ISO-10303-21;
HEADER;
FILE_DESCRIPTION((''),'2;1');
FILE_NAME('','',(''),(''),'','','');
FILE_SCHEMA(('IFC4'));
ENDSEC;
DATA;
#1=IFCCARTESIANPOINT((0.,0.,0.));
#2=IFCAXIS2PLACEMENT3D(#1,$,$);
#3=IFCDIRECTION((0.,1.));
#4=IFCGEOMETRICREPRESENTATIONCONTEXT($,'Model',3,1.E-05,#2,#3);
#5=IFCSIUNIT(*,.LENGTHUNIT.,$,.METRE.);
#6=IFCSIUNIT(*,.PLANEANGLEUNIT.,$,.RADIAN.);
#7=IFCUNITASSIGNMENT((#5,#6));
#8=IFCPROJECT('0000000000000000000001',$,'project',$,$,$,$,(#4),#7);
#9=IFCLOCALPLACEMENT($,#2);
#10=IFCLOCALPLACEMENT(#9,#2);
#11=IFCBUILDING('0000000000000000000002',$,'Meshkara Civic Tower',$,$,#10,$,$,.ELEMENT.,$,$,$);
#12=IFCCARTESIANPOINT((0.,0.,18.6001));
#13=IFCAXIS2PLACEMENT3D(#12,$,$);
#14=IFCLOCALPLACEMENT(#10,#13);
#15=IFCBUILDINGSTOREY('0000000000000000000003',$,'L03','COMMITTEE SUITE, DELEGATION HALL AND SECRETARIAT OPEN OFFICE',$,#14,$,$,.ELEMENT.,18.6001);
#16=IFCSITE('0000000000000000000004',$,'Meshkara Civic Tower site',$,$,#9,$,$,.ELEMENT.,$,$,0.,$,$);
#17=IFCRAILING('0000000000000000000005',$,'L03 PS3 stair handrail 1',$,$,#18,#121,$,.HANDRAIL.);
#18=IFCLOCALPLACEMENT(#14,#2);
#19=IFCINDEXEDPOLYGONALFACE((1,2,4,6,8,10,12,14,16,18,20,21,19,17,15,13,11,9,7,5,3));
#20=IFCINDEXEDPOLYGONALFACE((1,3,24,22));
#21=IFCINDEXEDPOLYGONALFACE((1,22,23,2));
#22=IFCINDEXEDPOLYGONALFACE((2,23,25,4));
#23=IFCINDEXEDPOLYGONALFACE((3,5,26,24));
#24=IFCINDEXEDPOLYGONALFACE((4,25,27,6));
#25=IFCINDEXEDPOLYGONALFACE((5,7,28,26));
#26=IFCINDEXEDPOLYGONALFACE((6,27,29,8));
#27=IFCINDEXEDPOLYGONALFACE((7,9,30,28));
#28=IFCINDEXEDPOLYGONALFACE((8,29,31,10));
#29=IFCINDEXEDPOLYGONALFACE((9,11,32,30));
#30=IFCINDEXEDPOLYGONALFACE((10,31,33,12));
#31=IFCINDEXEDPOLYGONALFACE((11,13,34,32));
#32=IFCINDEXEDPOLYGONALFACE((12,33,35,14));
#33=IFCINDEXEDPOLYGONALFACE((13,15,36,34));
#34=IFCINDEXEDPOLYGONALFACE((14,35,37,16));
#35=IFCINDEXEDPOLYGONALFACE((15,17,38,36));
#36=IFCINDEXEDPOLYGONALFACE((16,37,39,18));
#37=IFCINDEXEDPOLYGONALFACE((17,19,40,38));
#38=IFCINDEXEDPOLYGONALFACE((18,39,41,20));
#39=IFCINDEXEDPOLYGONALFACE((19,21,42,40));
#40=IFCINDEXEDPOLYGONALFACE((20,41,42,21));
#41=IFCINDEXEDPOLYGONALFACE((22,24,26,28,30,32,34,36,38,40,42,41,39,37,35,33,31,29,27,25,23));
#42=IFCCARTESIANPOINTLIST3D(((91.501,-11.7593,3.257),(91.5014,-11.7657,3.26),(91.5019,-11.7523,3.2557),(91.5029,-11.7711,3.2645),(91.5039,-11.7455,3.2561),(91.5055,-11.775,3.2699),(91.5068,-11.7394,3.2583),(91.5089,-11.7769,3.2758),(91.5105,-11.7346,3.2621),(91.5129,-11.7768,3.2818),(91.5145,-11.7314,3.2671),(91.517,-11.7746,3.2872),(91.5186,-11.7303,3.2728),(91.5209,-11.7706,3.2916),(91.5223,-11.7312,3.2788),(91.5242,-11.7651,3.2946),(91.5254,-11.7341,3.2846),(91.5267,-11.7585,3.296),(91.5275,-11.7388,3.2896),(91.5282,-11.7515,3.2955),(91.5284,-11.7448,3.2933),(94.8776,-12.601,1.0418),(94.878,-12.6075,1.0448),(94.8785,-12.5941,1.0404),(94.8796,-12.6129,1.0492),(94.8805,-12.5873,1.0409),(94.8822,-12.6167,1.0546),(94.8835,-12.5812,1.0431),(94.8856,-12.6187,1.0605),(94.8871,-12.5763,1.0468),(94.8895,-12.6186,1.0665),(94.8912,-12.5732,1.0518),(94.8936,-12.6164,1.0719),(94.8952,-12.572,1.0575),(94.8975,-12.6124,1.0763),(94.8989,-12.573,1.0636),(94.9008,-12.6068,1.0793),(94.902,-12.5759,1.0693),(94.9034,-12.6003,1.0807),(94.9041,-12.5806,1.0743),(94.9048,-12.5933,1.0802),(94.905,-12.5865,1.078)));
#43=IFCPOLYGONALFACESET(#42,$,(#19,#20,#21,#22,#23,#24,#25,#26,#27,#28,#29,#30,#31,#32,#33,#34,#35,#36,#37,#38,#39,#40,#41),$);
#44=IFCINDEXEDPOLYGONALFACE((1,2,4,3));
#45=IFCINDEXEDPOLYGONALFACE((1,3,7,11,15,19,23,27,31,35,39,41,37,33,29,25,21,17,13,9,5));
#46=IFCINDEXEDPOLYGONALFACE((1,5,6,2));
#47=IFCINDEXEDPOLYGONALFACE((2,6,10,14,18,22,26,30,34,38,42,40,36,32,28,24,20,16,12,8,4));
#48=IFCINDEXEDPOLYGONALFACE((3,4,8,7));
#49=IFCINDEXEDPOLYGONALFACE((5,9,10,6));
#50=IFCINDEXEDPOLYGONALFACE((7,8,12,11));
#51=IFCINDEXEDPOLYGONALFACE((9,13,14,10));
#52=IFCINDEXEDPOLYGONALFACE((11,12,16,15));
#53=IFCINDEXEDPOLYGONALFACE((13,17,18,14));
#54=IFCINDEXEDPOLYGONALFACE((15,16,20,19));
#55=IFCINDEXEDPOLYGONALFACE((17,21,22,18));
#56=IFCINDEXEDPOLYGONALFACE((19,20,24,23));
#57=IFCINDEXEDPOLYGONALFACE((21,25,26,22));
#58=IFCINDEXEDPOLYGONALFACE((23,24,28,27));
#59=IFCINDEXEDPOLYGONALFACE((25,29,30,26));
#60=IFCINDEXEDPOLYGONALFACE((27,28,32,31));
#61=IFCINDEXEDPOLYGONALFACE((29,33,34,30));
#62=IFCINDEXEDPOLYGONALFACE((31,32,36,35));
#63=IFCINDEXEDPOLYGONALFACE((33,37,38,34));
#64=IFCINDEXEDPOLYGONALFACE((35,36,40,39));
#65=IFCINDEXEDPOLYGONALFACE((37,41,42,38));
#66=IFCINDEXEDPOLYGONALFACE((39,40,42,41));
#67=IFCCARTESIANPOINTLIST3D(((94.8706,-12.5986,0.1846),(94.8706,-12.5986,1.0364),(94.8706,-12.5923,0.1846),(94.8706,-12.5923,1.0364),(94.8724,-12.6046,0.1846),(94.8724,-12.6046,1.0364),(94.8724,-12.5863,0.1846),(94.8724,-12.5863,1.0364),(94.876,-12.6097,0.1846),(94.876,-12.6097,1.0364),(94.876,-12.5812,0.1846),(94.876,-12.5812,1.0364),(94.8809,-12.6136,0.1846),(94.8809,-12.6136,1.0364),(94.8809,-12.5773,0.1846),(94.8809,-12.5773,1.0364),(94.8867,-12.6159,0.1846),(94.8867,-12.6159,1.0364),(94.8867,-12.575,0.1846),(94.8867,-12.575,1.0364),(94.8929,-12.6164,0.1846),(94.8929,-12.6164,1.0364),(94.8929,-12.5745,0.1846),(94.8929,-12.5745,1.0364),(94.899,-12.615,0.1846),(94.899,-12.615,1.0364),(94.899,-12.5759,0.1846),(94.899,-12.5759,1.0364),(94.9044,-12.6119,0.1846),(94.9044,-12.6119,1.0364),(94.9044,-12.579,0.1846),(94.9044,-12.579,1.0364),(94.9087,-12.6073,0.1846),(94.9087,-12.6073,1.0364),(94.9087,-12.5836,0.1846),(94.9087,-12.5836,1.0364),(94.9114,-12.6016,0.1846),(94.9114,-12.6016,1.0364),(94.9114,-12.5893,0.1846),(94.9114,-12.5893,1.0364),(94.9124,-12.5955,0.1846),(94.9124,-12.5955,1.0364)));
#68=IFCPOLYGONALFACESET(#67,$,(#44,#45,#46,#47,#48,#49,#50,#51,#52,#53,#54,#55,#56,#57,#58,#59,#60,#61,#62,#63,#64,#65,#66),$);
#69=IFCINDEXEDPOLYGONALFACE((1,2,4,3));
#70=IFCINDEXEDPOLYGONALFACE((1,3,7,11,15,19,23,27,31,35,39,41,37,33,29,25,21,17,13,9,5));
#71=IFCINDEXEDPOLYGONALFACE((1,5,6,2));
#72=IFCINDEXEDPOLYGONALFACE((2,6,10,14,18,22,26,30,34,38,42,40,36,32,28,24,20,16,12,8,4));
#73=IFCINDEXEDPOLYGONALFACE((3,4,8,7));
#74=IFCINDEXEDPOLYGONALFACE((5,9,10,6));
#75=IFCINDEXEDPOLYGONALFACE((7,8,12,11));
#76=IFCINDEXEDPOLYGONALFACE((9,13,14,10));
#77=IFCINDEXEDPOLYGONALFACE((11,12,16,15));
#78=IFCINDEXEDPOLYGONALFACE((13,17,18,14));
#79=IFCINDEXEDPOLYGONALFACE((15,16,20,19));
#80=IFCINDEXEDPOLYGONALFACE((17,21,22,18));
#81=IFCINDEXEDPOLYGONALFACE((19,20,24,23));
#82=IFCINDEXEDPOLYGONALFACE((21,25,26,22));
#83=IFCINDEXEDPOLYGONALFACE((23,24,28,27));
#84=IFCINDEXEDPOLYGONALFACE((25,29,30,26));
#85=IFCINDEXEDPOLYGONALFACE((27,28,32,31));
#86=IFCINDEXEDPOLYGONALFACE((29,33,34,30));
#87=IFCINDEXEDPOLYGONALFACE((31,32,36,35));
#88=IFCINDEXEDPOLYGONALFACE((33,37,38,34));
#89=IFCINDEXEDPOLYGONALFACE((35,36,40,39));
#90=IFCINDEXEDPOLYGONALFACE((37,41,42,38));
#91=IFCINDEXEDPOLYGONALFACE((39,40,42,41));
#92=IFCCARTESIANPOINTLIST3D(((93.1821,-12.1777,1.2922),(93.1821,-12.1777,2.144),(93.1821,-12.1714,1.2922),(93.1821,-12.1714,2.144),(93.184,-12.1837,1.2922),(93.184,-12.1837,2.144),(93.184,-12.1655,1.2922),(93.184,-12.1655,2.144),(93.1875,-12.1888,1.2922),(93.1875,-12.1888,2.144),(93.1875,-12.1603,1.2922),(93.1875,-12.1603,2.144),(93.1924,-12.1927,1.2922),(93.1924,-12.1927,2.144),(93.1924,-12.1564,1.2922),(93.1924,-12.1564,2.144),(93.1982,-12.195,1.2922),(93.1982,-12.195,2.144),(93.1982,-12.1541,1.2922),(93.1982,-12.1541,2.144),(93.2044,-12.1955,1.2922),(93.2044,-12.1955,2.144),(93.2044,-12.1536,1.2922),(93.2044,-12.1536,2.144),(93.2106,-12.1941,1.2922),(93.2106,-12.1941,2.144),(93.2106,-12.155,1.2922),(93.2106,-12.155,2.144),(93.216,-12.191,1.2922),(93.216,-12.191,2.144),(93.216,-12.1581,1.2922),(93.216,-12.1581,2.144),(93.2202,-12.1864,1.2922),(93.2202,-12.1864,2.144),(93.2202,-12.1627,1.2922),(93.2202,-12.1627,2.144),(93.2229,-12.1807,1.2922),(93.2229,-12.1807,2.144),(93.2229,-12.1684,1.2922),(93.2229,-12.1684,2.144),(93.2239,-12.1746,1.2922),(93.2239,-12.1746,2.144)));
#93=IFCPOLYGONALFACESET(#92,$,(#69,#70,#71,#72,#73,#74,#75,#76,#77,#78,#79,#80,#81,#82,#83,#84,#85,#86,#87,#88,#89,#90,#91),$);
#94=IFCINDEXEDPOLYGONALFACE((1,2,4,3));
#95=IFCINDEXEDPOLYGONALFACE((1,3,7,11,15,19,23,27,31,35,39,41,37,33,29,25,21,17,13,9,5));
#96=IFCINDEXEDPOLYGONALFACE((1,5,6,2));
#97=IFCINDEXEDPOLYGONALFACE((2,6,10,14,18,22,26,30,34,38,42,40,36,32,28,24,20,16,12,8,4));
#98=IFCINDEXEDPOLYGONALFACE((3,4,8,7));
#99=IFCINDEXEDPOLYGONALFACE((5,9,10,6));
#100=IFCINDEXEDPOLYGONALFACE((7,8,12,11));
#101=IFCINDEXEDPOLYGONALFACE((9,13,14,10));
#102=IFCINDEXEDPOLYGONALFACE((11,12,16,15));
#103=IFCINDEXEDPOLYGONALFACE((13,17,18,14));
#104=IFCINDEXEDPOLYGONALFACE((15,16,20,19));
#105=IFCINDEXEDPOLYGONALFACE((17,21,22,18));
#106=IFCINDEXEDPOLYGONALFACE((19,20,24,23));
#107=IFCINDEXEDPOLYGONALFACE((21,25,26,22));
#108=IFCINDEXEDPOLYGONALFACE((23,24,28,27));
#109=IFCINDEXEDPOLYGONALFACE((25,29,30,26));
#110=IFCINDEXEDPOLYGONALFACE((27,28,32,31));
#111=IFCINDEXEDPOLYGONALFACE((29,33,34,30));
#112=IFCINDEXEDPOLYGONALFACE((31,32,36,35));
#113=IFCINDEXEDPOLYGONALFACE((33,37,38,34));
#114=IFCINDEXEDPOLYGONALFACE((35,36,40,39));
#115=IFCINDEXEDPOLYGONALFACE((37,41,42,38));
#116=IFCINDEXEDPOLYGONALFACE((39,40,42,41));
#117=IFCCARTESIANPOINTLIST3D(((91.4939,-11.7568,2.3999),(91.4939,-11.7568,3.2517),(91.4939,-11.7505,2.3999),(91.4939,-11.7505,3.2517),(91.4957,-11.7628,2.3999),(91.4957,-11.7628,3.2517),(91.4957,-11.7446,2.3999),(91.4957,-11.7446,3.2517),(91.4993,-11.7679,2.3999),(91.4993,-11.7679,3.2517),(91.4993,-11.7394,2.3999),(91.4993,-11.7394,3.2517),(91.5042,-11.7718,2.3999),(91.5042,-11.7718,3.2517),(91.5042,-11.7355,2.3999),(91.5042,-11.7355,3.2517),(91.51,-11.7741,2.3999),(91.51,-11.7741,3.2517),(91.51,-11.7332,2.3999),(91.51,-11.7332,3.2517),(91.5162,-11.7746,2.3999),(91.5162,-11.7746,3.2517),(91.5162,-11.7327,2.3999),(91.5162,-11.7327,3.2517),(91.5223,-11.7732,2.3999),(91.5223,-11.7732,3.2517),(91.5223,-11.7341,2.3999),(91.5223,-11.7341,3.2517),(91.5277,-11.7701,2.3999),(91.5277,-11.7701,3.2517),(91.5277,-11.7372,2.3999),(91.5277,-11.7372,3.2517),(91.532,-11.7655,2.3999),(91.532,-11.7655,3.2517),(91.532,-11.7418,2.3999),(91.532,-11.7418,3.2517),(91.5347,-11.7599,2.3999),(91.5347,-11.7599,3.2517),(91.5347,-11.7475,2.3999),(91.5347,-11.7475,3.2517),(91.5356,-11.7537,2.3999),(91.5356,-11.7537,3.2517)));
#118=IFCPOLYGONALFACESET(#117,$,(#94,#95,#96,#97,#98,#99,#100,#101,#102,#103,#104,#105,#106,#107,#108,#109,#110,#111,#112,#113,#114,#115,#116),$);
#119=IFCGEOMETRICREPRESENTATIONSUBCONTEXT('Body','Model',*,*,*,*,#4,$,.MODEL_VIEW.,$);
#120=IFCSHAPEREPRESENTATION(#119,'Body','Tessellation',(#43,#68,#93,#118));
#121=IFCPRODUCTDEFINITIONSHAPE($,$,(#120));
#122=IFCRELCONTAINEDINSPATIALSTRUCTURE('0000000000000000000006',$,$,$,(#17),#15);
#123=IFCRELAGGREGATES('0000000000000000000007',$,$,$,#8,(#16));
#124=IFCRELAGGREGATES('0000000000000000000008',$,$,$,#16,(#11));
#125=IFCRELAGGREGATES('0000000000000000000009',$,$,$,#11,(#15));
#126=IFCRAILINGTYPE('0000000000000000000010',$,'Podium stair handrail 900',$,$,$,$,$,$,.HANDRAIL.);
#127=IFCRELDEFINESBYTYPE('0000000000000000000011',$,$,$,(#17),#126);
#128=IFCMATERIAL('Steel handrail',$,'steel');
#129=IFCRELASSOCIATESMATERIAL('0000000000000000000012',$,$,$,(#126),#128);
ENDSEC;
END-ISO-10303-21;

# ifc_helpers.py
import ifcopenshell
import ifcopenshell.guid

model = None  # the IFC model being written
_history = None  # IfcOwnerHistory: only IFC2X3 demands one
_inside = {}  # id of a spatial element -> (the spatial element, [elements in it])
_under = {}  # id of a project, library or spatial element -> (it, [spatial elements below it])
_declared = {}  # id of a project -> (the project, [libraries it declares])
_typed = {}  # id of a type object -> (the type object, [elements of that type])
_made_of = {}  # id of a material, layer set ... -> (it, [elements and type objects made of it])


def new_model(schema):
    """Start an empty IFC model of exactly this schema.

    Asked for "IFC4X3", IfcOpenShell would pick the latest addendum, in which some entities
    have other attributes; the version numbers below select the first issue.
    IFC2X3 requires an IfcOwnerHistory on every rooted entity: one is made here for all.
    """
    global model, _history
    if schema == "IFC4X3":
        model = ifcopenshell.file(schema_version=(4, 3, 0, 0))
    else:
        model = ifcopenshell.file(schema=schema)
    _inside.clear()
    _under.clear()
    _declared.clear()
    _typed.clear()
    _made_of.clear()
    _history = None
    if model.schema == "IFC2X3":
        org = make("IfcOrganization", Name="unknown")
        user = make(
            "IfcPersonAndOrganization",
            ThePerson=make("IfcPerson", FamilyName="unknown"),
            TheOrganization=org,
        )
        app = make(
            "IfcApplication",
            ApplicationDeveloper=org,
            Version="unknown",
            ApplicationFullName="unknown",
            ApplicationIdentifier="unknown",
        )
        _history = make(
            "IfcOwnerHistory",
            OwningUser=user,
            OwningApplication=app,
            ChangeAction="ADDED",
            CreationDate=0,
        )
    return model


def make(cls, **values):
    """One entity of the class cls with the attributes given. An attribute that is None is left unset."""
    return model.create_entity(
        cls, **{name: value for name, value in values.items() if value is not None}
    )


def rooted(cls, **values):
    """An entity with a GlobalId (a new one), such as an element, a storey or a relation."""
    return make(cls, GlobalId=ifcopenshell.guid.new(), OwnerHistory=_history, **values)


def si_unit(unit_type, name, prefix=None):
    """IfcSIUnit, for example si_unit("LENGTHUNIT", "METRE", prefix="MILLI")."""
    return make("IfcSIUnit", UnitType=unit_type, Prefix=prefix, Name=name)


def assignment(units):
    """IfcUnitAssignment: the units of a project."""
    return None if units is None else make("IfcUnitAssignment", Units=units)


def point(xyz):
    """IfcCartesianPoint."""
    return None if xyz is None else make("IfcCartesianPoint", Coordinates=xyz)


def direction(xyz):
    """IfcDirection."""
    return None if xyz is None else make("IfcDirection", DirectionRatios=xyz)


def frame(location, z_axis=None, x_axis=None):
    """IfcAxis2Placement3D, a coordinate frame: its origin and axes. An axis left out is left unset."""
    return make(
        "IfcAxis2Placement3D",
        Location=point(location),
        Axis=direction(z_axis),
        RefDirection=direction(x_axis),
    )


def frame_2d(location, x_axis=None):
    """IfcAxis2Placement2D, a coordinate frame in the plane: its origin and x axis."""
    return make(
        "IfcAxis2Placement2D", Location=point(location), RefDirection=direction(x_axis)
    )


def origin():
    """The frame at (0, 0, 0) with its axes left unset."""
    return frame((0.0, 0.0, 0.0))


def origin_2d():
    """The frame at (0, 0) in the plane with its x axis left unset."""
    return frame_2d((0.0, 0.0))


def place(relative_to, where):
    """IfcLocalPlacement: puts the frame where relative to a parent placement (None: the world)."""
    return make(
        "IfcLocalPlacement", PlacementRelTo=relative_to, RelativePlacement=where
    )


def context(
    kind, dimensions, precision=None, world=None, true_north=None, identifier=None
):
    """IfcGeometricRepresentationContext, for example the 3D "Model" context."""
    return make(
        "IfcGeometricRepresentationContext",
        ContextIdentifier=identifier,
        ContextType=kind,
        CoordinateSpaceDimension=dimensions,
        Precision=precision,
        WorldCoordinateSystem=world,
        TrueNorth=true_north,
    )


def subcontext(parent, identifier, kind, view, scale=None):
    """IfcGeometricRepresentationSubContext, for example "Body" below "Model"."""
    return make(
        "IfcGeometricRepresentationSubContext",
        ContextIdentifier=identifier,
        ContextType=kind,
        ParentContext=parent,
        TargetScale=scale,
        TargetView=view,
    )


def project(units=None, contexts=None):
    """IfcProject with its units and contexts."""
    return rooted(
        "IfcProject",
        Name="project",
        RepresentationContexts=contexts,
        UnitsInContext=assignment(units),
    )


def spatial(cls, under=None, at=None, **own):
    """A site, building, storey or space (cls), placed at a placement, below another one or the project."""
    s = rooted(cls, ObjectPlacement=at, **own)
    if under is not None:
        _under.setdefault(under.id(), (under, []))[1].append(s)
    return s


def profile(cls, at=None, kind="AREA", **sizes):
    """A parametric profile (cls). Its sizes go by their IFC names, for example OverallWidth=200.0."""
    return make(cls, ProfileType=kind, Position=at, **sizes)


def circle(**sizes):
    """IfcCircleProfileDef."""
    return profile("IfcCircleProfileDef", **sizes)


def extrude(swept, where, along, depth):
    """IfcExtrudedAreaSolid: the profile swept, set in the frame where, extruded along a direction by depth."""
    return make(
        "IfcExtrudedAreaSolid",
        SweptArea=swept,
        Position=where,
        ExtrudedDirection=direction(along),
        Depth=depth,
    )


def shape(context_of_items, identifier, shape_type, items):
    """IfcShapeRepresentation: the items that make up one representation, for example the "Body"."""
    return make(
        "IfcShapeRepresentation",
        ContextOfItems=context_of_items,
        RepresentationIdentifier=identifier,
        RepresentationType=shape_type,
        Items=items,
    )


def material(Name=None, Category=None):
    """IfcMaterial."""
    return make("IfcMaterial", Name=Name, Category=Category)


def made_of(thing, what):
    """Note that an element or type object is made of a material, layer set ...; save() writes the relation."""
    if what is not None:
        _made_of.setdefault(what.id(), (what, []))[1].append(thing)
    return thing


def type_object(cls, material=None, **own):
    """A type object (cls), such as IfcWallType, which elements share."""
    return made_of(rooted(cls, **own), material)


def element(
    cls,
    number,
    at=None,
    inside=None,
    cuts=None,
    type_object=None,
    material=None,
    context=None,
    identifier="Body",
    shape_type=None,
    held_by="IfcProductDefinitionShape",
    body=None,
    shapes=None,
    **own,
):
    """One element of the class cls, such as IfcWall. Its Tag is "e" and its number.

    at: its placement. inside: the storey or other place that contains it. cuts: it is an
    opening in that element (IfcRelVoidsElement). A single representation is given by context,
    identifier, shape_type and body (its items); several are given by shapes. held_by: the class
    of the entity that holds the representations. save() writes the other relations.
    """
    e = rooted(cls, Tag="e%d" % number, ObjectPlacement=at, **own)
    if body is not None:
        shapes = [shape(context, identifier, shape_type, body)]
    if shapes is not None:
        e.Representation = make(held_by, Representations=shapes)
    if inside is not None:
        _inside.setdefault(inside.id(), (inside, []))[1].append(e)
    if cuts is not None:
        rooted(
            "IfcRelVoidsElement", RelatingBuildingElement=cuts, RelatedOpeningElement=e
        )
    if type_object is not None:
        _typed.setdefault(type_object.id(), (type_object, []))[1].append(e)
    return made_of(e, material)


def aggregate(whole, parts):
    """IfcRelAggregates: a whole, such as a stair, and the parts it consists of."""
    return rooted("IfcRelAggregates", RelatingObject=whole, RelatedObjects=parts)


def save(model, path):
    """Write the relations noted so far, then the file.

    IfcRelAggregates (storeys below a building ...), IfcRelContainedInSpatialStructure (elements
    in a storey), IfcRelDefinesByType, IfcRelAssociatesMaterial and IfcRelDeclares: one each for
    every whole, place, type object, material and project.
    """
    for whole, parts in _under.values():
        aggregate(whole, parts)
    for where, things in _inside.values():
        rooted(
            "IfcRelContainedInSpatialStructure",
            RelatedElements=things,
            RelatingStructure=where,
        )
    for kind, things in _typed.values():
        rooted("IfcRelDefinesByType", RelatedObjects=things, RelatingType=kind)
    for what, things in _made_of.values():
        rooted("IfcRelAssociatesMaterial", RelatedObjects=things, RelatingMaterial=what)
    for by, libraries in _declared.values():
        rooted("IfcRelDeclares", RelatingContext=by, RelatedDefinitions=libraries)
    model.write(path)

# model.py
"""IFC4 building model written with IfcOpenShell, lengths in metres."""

from ifc_helpers import new_model, si_unit, direction, frame, origin, origin_2d, place, context, subcontext, project, spatial, circle, extrude, material, type_object, element, save


model = new_model("IFC4")

# Units and contexts
model_context = context("Model", 3, precision=1e-05, world=origin(), true_north=direction((0.0, 1.0)))
body_context = subcontext(model_context, "Body", "Model", "MODEL_VIEW")
ifc_project = project(units=[si_unit("LENGTHUNIT", "METRE"), si_unit("PLANEANGLEUNIT", "RADIAN")], contexts=[model_context])

# Site, building, storey
site_placement = place(None, origin())
site = spatial("IfcSite", under=ifc_project, at=site_placement, Name="Meshkara Civic Tower site", CompositionType="ELEMENT", RefElevation=0.0)
building_placement = place(site_placement, origin())
building = spatial("IfcBuilding", under=site, at=building_placement, Name="Meshkara Civic Tower", CompositionType="ELEMENT")
storey_placement = place(building_placement, frame((0.0, 0.0, 18.6001)))
storey = spatial("IfcBuildingStorey", under=building, at=storey_placement, Name="L03", Description="COMMITTEE SUITE, DELEGATION HALL AND SECRETARIAT OPEN OFFICE", CompositionType="ELEMENT", Elevation=18.6001)

# Railing
ifc_material_1 = material(Name="Steel handrail", Category="steel")
railing_type_1 = type_object("IfcRailingType", Name="Podium stair handrail 900", PredefinedType="HANDRAIL", material=ifc_material_1)
railing_1_placement = place(storey_placement, frame((94.8914, -12.5955, 0.1846)))
element("IfcRailing", 1, at=railing_1_placement, inside=storey, type_object=railing_type_1, Name="L03 PS3 stair handrail 1", PredefinedType="HANDRAIL", context=body_context, shape_type="SweptSolid", body=[
    extrude(circle(Radius=0.0239, at=origin_2d()), frame((0.0, 0.0, 0.876), z_axis=(-0.818527, 0.204055, 0.537005), x_axis=(-0.241892, -0.970303, 0.0)), (0.0, 0.0, 1.0), 4.1252),
    extrude(circle(Radius=0.021, at=origin_2d()), origin(), (0.0, 0.0, 1.0), 0.8518),
    extrude(circle(Radius=0.021, at=origin_2d()), frame((-1.6885, 0.4209, 1.1077)), (0.0, 0.0, 1.0), 0.8518),
    extrude(circle(Radius=0.021, at=origin_2d()), frame((-3.3767, 0.8418, 2.2153)), (0.0, 0.0, 1.0), 0.8518),
])

save(model, "model.ifc")
